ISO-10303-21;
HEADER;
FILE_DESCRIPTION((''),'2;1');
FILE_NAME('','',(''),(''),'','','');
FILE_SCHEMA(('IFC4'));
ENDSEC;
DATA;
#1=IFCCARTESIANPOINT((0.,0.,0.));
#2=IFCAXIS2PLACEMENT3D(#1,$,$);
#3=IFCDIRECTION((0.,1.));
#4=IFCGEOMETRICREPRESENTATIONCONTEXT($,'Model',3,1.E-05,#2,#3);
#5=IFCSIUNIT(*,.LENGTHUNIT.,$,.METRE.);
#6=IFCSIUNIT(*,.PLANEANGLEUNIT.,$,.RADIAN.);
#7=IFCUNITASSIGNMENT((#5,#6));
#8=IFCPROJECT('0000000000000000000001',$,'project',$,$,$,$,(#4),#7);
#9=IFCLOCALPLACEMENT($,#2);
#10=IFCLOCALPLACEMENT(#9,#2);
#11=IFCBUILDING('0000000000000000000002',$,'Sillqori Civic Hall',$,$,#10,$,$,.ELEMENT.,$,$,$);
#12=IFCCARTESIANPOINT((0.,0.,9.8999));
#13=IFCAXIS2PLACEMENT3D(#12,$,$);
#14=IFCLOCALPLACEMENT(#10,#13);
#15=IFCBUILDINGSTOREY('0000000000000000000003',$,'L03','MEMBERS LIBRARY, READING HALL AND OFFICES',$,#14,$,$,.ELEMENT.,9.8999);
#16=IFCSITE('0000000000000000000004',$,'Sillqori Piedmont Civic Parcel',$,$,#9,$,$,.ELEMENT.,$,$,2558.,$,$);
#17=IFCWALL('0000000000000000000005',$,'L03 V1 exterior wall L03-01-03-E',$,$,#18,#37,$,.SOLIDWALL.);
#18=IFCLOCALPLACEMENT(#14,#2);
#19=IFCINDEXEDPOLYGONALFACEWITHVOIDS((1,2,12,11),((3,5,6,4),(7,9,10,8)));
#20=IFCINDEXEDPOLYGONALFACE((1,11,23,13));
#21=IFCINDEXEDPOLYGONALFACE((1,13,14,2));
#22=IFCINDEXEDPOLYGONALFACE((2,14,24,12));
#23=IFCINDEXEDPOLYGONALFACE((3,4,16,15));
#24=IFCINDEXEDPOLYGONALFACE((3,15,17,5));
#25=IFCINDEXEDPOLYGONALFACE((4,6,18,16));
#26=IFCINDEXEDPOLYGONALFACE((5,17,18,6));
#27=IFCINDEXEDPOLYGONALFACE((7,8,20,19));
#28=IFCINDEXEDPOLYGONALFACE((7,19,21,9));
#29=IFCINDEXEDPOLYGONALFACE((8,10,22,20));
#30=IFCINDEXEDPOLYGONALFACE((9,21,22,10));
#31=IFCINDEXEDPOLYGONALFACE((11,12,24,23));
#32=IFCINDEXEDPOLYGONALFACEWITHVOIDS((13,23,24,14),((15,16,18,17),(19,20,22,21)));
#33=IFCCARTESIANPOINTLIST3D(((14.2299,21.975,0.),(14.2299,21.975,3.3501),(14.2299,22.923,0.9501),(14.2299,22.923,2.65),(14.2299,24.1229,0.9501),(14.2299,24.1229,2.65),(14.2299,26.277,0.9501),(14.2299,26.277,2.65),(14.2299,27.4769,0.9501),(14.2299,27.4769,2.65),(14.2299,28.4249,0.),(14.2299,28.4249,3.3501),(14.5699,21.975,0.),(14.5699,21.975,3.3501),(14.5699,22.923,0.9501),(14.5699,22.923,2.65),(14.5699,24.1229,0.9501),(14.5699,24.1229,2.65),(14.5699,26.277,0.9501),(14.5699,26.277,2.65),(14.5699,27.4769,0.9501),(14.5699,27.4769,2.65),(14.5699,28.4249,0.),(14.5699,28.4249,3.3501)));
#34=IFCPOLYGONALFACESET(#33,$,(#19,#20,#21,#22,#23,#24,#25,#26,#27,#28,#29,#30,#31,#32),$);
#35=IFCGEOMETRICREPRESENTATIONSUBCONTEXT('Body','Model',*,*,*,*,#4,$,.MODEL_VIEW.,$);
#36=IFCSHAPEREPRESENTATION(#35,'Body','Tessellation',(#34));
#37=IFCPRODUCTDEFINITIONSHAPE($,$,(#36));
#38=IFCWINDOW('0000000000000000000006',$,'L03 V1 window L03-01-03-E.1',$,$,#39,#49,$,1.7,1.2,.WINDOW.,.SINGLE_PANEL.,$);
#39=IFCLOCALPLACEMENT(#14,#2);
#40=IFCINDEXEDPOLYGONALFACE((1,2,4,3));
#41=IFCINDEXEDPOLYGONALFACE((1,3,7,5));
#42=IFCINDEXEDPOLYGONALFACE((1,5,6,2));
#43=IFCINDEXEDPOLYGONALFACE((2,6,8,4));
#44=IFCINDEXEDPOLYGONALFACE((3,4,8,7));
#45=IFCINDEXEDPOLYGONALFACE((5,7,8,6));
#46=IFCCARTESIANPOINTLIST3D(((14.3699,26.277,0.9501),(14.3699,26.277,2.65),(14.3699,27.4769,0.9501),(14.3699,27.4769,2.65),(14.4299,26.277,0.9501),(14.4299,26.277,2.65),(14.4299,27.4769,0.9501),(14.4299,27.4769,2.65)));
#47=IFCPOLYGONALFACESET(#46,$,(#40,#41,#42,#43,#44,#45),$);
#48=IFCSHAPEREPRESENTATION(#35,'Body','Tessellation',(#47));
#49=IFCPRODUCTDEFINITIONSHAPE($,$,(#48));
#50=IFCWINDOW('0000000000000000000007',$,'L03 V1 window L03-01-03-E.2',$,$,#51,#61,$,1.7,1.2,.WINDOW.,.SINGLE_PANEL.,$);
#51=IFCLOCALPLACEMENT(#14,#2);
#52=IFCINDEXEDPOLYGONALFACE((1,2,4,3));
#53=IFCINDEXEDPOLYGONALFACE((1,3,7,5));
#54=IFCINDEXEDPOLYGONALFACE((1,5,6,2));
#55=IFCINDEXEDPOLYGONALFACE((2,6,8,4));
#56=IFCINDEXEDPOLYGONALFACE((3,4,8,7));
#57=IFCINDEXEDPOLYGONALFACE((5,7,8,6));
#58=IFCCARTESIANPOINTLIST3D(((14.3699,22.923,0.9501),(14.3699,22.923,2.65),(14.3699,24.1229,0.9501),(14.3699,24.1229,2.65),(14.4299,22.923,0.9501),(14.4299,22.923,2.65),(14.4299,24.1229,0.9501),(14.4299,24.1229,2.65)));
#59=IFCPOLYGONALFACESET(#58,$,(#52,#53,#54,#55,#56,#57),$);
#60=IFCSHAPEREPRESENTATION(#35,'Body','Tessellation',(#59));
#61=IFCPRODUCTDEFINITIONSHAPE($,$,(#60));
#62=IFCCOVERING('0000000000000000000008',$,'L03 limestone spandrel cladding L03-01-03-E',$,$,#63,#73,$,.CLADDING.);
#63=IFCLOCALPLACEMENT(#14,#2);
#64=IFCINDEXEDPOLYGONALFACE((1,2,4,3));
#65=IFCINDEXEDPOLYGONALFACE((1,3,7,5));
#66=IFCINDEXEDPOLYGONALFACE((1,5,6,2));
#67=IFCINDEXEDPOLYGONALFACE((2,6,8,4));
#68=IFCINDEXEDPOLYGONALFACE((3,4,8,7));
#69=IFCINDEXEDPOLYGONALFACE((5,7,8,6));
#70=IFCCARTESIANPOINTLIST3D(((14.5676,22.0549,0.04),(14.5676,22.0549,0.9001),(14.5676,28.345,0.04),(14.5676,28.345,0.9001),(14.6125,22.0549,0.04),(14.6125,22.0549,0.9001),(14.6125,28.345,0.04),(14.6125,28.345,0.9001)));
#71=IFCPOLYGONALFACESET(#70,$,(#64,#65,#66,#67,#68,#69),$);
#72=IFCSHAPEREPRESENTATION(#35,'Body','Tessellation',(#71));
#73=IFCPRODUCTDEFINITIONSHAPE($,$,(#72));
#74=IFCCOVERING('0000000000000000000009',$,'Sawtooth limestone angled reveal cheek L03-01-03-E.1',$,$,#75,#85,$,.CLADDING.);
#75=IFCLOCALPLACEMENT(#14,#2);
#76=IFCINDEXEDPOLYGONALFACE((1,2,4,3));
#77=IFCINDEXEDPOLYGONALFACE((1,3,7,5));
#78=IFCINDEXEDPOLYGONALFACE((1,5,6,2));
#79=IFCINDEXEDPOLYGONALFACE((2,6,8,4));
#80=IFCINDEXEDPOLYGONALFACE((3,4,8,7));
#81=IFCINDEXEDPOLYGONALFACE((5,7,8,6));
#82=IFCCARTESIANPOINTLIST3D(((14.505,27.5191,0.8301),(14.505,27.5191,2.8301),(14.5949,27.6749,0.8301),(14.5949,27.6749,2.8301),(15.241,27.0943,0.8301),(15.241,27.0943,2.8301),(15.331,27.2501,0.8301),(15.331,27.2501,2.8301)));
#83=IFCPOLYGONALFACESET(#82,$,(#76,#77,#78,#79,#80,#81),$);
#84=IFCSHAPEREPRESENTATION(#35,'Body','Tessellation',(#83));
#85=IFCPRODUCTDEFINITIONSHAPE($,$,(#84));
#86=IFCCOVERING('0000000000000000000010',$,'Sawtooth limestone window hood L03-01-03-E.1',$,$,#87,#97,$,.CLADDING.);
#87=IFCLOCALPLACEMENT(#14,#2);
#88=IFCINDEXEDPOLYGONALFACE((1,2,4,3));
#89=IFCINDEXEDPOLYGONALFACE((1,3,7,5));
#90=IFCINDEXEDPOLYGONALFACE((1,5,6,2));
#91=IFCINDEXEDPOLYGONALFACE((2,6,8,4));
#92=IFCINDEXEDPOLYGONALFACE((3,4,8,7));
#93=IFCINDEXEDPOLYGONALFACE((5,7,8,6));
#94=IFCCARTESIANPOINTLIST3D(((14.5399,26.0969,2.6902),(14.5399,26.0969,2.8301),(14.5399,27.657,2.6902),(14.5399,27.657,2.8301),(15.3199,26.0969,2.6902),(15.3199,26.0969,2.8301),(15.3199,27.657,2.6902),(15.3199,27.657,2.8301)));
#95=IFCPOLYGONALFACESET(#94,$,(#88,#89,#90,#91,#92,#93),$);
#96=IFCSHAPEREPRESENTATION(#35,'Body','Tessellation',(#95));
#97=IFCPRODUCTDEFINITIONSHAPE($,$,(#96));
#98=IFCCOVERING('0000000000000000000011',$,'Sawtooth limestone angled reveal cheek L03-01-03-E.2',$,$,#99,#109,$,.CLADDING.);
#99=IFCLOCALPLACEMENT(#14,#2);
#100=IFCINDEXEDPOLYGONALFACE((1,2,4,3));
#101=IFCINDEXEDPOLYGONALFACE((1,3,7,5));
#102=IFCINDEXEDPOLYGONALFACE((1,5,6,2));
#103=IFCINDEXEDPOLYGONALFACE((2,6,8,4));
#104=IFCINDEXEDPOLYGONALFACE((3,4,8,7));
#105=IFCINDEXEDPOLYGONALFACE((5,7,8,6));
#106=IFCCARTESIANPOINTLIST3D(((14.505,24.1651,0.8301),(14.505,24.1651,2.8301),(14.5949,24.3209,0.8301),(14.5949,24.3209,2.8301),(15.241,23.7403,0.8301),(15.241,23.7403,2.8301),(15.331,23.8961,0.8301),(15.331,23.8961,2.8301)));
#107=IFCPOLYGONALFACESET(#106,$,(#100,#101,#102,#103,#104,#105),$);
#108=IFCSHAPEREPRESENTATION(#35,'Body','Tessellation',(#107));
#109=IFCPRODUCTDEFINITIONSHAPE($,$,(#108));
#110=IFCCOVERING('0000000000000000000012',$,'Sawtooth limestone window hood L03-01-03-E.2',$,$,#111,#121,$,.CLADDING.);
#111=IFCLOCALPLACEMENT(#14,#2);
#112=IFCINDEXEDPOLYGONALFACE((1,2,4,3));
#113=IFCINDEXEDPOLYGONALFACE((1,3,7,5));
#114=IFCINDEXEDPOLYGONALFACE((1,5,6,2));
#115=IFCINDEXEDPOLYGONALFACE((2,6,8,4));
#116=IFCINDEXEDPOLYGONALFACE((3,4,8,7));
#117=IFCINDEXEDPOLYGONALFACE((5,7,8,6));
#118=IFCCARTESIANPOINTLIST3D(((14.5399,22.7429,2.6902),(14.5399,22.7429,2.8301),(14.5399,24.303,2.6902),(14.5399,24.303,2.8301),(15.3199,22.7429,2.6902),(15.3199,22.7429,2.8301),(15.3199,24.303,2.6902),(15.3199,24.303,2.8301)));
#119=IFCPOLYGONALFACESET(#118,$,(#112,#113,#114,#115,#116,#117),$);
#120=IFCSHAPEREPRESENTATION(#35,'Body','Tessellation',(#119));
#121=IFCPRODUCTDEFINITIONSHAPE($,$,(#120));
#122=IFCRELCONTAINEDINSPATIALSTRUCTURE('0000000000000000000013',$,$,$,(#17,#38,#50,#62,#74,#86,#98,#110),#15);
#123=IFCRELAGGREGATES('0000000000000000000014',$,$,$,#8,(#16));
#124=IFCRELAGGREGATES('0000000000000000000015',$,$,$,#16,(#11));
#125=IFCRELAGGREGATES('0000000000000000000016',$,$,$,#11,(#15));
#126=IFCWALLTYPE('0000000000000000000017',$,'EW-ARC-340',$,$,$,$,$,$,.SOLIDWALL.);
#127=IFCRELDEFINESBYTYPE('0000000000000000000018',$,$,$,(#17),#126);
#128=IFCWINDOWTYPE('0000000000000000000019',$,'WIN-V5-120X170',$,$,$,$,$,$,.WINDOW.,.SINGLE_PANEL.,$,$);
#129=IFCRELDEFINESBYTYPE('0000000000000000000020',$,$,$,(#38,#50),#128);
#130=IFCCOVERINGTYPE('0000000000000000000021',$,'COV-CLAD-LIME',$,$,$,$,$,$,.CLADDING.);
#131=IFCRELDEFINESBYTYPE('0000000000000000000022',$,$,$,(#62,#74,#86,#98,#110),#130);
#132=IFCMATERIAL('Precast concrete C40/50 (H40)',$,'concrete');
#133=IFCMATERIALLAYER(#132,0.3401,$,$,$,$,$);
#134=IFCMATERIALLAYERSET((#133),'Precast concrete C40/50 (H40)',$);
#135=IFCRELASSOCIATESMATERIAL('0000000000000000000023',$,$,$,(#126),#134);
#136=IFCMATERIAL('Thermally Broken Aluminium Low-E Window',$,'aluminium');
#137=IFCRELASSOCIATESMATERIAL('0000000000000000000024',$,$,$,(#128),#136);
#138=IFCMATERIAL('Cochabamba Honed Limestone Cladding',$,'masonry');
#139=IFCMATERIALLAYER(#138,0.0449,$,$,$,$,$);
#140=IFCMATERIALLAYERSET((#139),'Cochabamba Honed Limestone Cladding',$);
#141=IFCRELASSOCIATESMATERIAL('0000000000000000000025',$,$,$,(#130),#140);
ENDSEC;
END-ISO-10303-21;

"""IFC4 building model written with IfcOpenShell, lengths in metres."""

from ifc_helpers import new_model, si_unit, direction, frame, frame_2d, origin, place, context, subcontext, project, spatial, rectangle, extrude, material, layer, layer_set, type_object, element, fill, save


model = new_model("IFC4")

# Units and contexts
model_context = context("Model", 3, precision=1e-05, world=origin(), true_north=direction((0.0, 1.0)))
body_context = subcontext(model_context, "Body", "Model", "MODEL_VIEW")
ifc_project = project(units=[si_unit("LENGTHUNIT", "METRE"), si_unit("PLANEANGLEUNIT", "RADIAN")], contexts=[model_context])

# Site, building, storey
site_placement = place(None, origin())
site = spatial("IfcSite", under=ifc_project, at=site_placement, Name="Sillqori Piedmont Civic Parcel", CompositionType="ELEMENT", RefElevation=2558.0)
building_placement = place(site_placement, origin())
building = spatial("IfcBuilding", under=site, at=building_placement, Name="Sillqori Civic Hall", CompositionType="ELEMENT")
storey_placement = place(building_placement, frame((0.0, 0.0, 9.8999)))
storey = spatial("IfcBuildingStorey", under=building, at=storey_placement, Name="L03", Description="MEMBERS LIBRARY, READING HALL AND OFFICES", CompositionType="ELEMENT", Elevation=9.8999)

# Shared definitions
ifc_material_1 = material(Name="Precast concrete C40/50 (H40)", Category="concrete")

# Wall, openings, windows
ifc_layer_1 = layer(ifc_material_1, 0.3401)
ifc_layer_set_1 = layer_set([ifc_layer_1], Name="Precast concrete C40/50 (H40)")
wall_type = type_object("IfcWallType", Name="EW-ARC-340", PredefinedType="SOLIDWALL", material=ifc_layer_set_1)
wall_placement = place(storey_placement, frame((14.3999, 28.425, 0.0), z_axis=(0.0, 0.0, 1.0), x_axis=(0.0, -1.0, 0.0)))
wall = element("IfcWall", 1, at=wall_placement, inside=storey, type_object=wall_type, Name="L03 V1 exterior wall L03-01-03-E", PredefinedType="SOLIDWALL", context=body_context, shape_type="SweptSolid", body=[
    extrude(rectangle(XDim=6.45, YDim=0.3401, at=frame_2d((3.2251, 0.0))), origin(), (0.0, 0.0, 1.0), 3.3501),
])
opening_1_placement = place(wall_placement, frame((0.948, 0.0, 0.95)))
opening_1 = element("IfcOpeningElement", 2, at=opening_1_placement, cuts=wall, PredefinedType="OPENING", context=body_context, shape_type="SweptSolid", body=[
    extrude(rectangle(XDim=1.2, YDim=1.7, at=frame_2d((0.6001, 0.8501))), frame((0.0, 0.1799, 0.0), z_axis=(0.0, -1.0, 0.0), x_axis=(1.0, 0.0, 0.0)), (0.0, 0.0, 1.0), 0.3601),
])
opening_2_placement = place(wall_placement, frame((4.302, 0.0, 0.95)))
opening_2 = element("IfcOpeningElement", 3, at=opening_2_placement, cuts=wall, PredefinedType="OPENING", context=body_context, shape_type="SweptSolid", body=[
    extrude(rectangle(XDim=1.2, YDim=1.7, at=frame_2d((0.6001, 0.8501))), frame((0.0, 0.1799, 0.0), z_axis=(0.0, -1.0, 0.0), x_axis=(1.0, 0.0, 0.0)), (0.0, 0.0, 1.0), 0.3601),
])
ifc_material_2 = material(Name="Thermally Broken Aluminium Low-E Window", Category="aluminium")
window_type = type_object("IfcWindowType", Name="WIN-V5-120X170", PartitioningType="SINGLE_PANEL", PredefinedType="WINDOW", material=ifc_material_2)
window_1_placement = place(opening_1_placement, origin())
window_1 = element("IfcWindow", 4, at=window_1_placement, inside=storey, type_object=window_type, Name="L03 V1 window L03-01-03-E.1", OverallHeight=1.7, OverallWidth=1.2, PartitioningType="SINGLE_PANEL", PredefinedType="WINDOW", context=body_context, shape_type="SweptSolid", body=[
    extrude(rectangle(XDim=1.2, YDim=1.7, at=frame_2d((0.6001, 0.8501))), frame((0.0, 0.03, 0.0), z_axis=(0.0, -1.0, 0.0), x_axis=(1.0, 0.0, 0.0)), (0.0, 0.0, 1.0), 0.0601),
])
fill(opening_1, window_1)
window_2_placement = place(opening_2_placement, origin())
window_2 = element("IfcWindow", 5, at=window_2_placement, inside=storey, type_object=window_type, Name="L03 V1 window L03-01-03-E.2", OverallHeight=1.7, OverallWidth=1.2, PartitioningType="SINGLE_PANEL", PredefinedType="WINDOW", context=body_context, shape_type="SweptSolid", body=[
    extrude(rectangle(XDim=1.2, YDim=1.7, at=frame_2d((0.6001, 0.8501))), frame((0.0, 0.03, 0.0), z_axis=(0.0, -1.0, 0.0), x_axis=(1.0, 0.0, 0.0)), (0.0, 0.0, 1.0), 0.0601),
])
fill(opening_2, window_2)

# Coverings
ifc_material_3 = material(Name="Cochabamba Honed Limestone Cladding", Category="masonry")
ifc_layer_2 = layer(ifc_material_3, 0.0449)
ifc_layer_set_2 = layer_set([ifc_layer_2], Name="Cochabamba Honed Limestone Cladding")
covering_type = type_object("IfcCoveringType", Name="COV-CLAD-LIME", PredefinedType="CLADDING", material=ifc_layer_set_2)
covering_1_placement = place(storey_placement, frame((14.5901, 28.345, 0.04), z_axis=(0.0, 0.0, 1.0), x_axis=(0.0, -1.0, 0.0)))
element("IfcCovering", 6, at=covering_1_placement, inside=storey, type_object=covering_type, Name="L03 limestone spandrel cladding L03-01-03-E", PredefinedType="CLADDING", context=body_context, shape_type="SweptSolid", body=[
    extrude(rectangle(XDim=6.29, YDim=0.0449, at=frame_2d((3.145, 0.0))), origin(), (0.0, 0.0, 1.0), 0.8601),
])
covering_2_placement = place(storey_placement, frame((14.55, 27.5969, 0.8301), z_axis=(0.0, 0.0, 1.0), x_axis=(0.866114, -0.499847, 0.0)))
element("IfcCovering", 7, at=covering_2_placement, inside=storey, type_object=covering_type, Name="Sawtooth limestone angled reveal cheek L03-01-03-E.1", PredefinedType="CLADDING", context=body_context, shape_type="SweptSolid", body=[
    extrude(rectangle(XDim=0.8499, YDim=0.1799, at=frame_2d((0.4248, 0.0))), origin(), (0.0, 0.0, 1.0), 2.0),
])
covering_3_placement = place(storey_placement, frame((14.9299, 27.657, 2.6902), z_axis=(0.0, 0.0, 1.0), x_axis=(0.0, -1.0, 0.0)))
element("IfcCovering", 8, at=covering_3_placement, inside=storey, type_object=covering_type, Name="Sawtooth limestone window hood L03-01-03-E.1", PredefinedType="CLADDING", context=body_context, shape_type="SweptSolid", body=[
    extrude(rectangle(XDim=1.5601, YDim=0.78, at=frame_2d((0.78, 0.0))), origin(), (0.0, 0.0, 1.0), 0.1399),
])
covering_4_placement = place(storey_placement, frame((14.55, 24.2429, 0.8301), z_axis=(0.0, 0.0, 1.0), x_axis=(0.866114, -0.499847, 0.0)))
element("IfcCovering", 9, at=covering_4_placement, inside=storey, type_object=covering_type, Name="Sawtooth limestone angled reveal cheek L03-01-03-E.2", PredefinedType="CLADDING", context=body_context, shape_type="SweptSolid", body=[
    extrude(rectangle(XDim=0.8499, YDim=0.1799, at=frame_2d((0.4248, 0.0))), origin(), (0.0, 0.0, 1.0), 2.0),
])
covering_5_placement = place(storey_placement, frame((14.9299, 24.303, 2.6902), z_axis=(0.0, 0.0, 1.0), x_axis=(0.0, -1.0, 0.0)))
element("IfcCovering", 10, at=covering_5_placement, inside=storey, type_object=covering_type, Name="Sawtooth limestone window hood L03-01-03-E.2", PredefinedType="CLADDING", context=body_context, shape_type="SweptSolid", body=[
    extrude(rectangle(XDim=1.5601, YDim=0.78, at=frame_2d((0.78, 0.0))), origin(), (0.0, 0.0, 1.0), 0.1399),
])

save(model, "model.ifc")
